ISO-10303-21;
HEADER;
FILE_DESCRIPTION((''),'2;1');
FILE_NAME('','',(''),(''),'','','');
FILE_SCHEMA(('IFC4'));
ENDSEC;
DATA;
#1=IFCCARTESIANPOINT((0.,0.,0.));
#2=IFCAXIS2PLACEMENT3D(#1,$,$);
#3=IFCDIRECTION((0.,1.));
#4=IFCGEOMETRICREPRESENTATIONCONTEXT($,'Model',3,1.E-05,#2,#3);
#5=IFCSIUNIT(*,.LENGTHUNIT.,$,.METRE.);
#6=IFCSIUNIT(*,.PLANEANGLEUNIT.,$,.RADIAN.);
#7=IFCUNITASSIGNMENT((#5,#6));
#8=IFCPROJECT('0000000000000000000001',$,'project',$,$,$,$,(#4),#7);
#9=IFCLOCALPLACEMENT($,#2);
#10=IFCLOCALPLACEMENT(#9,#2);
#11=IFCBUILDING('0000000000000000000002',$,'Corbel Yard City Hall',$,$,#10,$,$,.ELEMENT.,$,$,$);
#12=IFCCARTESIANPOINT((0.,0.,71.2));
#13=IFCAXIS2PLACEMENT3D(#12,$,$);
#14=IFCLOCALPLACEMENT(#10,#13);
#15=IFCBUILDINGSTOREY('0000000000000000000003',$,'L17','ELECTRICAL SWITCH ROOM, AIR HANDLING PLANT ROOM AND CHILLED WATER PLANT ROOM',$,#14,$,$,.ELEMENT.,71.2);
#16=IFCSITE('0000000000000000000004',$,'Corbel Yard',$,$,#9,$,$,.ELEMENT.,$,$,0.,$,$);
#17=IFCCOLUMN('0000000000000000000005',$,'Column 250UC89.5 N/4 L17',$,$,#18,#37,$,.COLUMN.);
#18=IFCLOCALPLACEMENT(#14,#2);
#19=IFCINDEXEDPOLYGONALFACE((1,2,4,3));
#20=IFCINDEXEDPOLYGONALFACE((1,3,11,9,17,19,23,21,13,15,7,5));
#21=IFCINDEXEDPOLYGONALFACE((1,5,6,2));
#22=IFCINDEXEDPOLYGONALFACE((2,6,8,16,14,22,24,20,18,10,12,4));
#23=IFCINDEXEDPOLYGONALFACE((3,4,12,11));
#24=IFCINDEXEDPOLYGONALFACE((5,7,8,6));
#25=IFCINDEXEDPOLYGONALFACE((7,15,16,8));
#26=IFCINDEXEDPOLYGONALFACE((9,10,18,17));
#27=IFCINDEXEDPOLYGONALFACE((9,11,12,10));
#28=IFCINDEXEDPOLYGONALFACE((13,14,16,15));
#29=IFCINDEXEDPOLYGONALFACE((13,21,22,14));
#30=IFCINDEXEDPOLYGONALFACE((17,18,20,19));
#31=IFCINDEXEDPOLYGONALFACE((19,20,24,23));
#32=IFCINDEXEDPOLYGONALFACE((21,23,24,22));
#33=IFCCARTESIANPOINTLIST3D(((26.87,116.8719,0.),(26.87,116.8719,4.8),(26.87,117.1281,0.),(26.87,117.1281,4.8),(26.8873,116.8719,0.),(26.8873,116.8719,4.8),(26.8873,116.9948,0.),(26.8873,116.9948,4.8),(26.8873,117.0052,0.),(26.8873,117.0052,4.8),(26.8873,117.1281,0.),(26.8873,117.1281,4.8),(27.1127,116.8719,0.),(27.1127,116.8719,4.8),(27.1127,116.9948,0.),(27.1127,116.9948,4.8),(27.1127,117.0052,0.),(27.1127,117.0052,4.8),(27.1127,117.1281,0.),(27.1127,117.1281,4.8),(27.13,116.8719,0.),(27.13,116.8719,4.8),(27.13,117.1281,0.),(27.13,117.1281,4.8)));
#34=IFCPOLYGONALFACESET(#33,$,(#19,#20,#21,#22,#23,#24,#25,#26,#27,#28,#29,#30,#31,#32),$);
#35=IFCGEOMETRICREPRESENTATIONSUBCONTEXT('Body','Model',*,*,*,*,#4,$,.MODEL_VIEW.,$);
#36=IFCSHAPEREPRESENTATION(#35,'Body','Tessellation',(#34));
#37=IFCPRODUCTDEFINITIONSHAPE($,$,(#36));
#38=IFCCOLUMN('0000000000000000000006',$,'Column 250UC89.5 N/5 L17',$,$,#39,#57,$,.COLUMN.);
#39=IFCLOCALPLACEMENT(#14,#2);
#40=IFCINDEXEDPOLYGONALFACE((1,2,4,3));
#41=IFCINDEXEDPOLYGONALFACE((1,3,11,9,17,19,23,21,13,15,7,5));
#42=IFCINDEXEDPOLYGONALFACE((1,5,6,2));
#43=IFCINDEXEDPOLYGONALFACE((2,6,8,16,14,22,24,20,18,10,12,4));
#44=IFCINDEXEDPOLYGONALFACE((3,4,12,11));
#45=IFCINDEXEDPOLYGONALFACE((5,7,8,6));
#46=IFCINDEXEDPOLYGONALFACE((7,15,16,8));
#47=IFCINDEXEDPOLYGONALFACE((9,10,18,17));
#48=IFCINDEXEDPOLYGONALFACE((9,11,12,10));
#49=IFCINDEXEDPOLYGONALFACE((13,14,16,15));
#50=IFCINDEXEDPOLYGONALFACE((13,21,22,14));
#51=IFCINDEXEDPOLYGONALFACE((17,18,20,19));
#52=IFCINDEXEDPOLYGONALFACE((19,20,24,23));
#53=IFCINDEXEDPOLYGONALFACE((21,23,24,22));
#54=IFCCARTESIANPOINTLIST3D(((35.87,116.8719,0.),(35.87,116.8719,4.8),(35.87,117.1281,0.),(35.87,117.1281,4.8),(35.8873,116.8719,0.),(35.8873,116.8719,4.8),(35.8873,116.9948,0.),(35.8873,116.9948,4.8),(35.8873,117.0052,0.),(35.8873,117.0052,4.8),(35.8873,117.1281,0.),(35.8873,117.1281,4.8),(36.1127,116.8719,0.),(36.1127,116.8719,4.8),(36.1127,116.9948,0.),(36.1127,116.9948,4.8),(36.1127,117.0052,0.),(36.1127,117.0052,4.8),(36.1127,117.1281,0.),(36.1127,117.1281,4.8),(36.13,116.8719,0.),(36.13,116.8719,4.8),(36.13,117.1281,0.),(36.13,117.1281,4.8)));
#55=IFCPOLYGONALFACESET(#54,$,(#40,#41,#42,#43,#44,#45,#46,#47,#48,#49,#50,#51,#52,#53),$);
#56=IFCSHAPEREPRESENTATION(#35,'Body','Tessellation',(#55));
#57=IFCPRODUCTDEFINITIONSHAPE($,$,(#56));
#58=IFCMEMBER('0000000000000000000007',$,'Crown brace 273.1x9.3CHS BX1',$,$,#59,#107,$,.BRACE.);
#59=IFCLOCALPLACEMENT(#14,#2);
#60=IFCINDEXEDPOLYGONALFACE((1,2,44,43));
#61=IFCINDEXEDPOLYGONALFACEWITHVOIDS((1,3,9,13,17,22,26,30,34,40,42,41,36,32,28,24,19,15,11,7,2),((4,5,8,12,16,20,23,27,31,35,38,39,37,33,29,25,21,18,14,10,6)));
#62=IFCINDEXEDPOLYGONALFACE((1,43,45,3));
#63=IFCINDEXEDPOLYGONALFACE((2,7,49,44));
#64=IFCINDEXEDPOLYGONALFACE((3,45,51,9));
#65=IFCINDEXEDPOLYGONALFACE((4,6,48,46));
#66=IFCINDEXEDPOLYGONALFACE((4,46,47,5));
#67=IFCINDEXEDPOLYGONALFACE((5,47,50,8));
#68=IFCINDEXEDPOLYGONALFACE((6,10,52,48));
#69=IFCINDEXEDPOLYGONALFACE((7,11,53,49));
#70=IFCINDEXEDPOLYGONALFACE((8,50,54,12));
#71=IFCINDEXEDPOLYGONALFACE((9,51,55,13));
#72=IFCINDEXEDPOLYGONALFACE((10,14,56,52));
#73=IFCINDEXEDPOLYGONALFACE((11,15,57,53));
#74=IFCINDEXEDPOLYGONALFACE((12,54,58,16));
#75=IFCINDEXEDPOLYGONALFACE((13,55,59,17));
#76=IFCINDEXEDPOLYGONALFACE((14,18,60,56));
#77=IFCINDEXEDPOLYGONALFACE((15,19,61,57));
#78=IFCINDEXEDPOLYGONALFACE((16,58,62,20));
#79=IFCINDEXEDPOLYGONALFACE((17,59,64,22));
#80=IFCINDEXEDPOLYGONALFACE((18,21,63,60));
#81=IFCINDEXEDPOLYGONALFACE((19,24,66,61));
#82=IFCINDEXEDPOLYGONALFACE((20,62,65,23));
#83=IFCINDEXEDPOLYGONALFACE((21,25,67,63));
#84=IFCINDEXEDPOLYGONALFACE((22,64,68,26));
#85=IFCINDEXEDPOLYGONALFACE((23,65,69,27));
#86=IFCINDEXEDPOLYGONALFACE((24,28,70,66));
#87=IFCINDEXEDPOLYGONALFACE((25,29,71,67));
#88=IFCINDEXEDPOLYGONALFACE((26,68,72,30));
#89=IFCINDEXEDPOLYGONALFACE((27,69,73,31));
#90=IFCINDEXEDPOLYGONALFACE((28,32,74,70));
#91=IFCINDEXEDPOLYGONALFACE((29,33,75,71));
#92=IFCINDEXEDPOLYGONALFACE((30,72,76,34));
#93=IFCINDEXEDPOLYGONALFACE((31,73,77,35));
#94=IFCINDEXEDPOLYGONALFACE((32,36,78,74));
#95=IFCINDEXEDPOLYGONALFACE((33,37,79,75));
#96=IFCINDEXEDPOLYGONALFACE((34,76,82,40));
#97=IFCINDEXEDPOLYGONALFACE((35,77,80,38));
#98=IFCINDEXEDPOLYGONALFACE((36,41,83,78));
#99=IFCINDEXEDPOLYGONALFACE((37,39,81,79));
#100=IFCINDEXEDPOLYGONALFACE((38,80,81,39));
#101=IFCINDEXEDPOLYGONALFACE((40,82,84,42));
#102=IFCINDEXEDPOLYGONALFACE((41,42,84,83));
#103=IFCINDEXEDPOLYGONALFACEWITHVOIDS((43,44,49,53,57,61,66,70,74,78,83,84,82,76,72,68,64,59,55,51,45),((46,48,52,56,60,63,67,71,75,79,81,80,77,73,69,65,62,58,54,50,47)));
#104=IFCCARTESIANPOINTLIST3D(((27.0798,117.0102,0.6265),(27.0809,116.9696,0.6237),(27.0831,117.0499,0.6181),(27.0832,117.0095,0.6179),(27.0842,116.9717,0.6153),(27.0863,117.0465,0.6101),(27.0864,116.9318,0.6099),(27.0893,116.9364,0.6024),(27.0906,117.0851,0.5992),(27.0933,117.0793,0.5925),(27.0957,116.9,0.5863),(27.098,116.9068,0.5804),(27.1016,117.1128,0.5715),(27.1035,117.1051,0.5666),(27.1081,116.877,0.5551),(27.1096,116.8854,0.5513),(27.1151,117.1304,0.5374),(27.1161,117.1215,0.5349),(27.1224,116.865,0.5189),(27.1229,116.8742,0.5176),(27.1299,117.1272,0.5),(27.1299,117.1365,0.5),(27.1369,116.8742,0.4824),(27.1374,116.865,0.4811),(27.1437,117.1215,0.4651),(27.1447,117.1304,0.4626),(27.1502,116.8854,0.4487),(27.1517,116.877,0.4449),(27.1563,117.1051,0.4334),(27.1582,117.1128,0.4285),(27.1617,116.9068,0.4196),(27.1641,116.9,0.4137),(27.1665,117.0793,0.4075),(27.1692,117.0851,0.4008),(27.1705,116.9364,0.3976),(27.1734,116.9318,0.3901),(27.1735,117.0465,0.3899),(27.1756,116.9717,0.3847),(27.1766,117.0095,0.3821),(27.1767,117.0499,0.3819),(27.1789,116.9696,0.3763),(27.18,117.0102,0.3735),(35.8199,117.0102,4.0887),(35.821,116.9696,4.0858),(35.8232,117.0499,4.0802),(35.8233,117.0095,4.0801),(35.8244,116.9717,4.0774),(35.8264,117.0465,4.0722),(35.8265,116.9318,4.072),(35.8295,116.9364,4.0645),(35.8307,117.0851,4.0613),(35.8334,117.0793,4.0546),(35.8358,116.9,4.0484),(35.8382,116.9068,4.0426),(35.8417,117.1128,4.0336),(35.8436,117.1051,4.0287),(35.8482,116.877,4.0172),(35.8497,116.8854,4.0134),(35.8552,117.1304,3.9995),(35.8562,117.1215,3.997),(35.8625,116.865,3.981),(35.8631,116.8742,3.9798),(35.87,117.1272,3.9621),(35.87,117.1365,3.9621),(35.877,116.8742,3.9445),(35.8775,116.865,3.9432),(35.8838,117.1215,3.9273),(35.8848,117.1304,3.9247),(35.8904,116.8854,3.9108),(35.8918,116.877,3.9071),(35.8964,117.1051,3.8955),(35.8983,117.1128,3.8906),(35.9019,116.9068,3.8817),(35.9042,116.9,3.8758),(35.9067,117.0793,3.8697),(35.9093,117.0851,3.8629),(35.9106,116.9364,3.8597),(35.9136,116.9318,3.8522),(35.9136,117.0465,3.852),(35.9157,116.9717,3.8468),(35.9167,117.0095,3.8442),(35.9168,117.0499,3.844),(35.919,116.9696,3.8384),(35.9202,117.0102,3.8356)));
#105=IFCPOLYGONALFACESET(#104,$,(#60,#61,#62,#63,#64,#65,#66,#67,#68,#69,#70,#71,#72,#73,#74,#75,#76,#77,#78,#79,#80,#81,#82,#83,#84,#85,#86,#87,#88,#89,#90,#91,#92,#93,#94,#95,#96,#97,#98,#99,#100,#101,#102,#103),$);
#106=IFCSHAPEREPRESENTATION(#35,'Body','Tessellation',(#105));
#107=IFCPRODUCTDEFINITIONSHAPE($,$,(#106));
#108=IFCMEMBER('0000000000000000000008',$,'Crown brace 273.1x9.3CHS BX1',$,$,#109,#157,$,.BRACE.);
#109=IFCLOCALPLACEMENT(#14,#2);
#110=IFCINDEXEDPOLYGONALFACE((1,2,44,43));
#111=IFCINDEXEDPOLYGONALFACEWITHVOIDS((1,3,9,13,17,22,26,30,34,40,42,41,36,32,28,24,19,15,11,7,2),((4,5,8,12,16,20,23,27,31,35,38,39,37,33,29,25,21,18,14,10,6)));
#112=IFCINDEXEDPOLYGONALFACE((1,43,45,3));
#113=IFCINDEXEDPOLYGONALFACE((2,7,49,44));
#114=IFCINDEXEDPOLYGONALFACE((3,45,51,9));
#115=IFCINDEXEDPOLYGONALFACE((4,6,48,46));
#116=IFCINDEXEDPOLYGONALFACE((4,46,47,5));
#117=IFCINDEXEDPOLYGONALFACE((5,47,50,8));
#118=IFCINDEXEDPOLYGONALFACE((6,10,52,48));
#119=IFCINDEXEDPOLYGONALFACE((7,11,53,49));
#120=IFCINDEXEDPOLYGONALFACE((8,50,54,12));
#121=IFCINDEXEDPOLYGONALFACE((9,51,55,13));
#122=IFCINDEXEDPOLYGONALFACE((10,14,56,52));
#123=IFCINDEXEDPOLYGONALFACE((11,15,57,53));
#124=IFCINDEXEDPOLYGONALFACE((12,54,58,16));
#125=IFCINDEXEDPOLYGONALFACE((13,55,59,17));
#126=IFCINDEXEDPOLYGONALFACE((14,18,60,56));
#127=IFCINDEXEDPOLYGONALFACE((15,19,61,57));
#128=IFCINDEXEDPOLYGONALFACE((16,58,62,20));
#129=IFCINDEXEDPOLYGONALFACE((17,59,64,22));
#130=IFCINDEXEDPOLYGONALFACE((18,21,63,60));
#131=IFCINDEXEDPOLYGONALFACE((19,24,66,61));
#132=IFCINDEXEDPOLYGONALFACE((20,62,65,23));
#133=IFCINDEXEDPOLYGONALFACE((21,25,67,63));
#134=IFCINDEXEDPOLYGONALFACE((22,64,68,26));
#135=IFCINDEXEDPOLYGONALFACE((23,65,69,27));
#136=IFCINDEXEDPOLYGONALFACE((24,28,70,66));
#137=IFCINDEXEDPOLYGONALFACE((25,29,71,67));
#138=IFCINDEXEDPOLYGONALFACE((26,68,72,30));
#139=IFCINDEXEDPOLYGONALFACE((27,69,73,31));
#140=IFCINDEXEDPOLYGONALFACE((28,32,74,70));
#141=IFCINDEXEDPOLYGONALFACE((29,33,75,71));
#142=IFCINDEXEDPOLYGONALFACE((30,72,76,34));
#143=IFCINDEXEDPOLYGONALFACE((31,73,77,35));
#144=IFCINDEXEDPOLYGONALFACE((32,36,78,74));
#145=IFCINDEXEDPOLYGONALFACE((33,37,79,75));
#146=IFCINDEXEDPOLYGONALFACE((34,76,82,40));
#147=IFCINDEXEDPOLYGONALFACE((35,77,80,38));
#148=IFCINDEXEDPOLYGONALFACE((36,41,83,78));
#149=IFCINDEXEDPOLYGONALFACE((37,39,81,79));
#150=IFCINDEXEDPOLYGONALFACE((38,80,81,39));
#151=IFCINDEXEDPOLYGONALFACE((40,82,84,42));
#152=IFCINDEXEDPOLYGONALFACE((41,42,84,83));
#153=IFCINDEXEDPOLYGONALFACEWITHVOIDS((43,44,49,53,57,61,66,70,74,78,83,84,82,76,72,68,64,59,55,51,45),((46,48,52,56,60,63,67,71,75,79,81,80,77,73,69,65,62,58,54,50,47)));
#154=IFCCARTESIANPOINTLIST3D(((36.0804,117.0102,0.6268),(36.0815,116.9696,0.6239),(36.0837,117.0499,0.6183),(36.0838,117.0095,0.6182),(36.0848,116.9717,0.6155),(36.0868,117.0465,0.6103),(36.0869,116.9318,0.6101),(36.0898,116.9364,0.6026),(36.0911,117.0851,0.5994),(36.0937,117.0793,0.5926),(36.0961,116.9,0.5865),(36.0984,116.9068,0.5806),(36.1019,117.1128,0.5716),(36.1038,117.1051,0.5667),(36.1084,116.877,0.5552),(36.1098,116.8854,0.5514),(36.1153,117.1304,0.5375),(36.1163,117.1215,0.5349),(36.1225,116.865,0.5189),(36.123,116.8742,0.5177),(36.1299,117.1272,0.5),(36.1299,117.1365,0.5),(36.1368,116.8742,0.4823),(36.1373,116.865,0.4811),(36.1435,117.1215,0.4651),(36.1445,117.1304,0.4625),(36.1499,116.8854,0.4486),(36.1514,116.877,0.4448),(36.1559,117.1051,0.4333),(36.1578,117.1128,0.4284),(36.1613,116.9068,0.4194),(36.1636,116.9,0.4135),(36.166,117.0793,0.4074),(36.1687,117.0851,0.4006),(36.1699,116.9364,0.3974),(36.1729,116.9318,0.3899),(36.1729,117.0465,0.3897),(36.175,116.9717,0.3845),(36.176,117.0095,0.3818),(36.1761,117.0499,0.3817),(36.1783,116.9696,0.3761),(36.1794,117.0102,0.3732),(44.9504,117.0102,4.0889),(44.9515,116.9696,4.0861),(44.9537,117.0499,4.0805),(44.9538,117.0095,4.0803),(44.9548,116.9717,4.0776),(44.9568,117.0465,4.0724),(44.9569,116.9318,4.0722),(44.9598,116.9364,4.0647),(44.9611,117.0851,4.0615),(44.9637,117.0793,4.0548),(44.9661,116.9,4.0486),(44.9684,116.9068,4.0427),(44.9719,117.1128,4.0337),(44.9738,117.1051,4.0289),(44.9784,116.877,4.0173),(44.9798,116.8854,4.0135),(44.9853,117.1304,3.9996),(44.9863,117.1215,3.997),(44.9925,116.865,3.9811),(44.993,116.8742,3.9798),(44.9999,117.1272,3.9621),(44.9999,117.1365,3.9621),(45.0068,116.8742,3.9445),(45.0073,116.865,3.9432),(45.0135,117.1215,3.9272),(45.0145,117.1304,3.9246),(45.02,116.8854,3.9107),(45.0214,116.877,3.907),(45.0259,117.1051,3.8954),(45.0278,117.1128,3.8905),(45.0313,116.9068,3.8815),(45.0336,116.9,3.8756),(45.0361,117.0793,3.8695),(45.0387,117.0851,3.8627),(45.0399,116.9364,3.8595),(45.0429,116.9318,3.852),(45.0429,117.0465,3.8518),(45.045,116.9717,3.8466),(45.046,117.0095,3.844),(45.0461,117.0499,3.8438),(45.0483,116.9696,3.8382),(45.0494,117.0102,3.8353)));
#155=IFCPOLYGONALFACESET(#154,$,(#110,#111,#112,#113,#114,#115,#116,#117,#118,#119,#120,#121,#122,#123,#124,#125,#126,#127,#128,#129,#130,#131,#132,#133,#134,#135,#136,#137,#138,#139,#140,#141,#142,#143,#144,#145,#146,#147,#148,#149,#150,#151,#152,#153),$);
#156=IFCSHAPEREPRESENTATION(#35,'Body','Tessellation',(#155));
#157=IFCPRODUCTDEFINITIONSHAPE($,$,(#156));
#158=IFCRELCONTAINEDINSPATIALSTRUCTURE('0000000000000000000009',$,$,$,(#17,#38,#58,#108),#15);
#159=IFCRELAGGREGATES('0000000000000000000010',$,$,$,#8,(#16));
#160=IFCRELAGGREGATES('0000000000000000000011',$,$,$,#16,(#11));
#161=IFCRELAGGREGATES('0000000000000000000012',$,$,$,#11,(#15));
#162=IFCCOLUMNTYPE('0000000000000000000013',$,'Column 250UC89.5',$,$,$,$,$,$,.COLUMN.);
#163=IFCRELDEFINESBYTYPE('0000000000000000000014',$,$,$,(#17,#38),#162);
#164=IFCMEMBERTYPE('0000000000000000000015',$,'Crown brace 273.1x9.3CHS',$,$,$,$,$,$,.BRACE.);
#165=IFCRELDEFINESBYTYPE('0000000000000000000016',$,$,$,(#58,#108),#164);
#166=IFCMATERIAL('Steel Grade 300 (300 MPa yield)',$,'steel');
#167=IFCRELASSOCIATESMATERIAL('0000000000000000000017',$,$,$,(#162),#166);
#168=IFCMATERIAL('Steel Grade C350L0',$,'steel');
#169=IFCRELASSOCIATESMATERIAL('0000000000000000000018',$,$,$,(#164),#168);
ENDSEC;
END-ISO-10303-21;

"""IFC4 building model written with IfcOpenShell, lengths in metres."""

from ifc_helpers import new_model, si_unit, direction, frame, origin, origin_2d, place, context, subcontext, project, spatial, hollow_circle, i_section, extrude, material, material_profile, profile_set, type_object, element, save


model = new_model("IFC4")

# Units and contexts
model_context = context("Model", 3, precision=1e-05, world=origin(), true_north=direction((0.0, 1.0)))
body_context = subcontext(model_context, "Body", "Model", "MODEL_VIEW")
ifc_project = project(units=[si_unit("LENGTHUNIT", "METRE"), si_unit("PLANEANGLEUNIT", "RADIAN")], contexts=[model_context])

# Site, building, storey
site_placement = place(None, origin())
site = spatial("IfcSite", under=ifc_project, at=site_placement, Name="Corbel Yard", CompositionType="ELEMENT", RefElevation=0.0)
building_placement = place(site_placement, origin())
building = spatial("IfcBuilding", under=site, at=building_placement, Name="Corbel Yard City Hall", CompositionType="ELEMENT")
storey_placement = place(building_placement, frame((0.0, 0.0, 71.2)))
storey = spatial("IfcBuildingStorey", under=building, at=storey_placement, Name="L17", Description="ELECTRICAL SWITCH ROOM, AIR HANDLING PLANT ROOM AND CHILLED WATER PLANT ROOM", CompositionType="ELEMENT", Elevation=71.2)

# Columns
ifc_material_1 = material(Name="Steel Grade 300 (300 MPa yield)", Category="steel")
ifc_material_profile_1 = material_profile(ifc_material_1, i_section(OverallWidth=0.2561, OverallDepth=0.26, WebThickness=0.0105, FlangeThickness=0.0173, at=origin_2d()), Name="250UC89.5")
ifc_profile_set_1 = profile_set([ifc_material_profile_1], Name="Steel Grade 300 (300 MPa yield)")
column_type = type_object("IfcColumnType", Name="Column 250UC89.5", PredefinedType="COLUMN", material=ifc_profile_set_1)
for number, where, z_axis, x_axis, name in (
    (1, (27.0, 117.0, 0.0), (0.0, 0.0, 1.0), (0.0, 1.0, 0.0), "Column 250UC89.5 N/4 L17"),
    (2, (36.0, 117.0, 0.0), (0.0, 0.0, 1.0), (0.0, 1.0, 0.0), "Column 250UC89.5 N/5 L17"),
):
    element("IfcColumn", number, at=place(storey_placement, frame(where, z_axis=z_axis, x_axis=x_axis)), inside=storey, type_object=column_type, Name=name, PredefinedType="COLUMN", context=body_context, shape_type="SweptSolid", body=[
        extrude(i_section(OverallWidth=0.2561, OverallDepth=0.26, WebThickness=0.0105, FlangeThickness=0.0173, at=origin_2d()), origin(), (0.0, 0.0, 1.0), 4.8),
    ])

# Members
ifc_material_2 = material(Name="Steel Grade C350L0", Category="steel")
ifc_material_profile_2 = material_profile(ifc_material_2, hollow_circle(Radius=0.1365, WallThickness=0.0093, at=origin_2d()), Name="273.1x9.3CHS")
ifc_profile_set_2 = profile_set([ifc_material_profile_2], Name="Steel Grade C350L0")
member_type_1 = type_object("IfcMemberType", Name="Crown brace 273.1x9.3CHS", PredefinedType="BRACE", material=ifc_profile_set_2)
member_1_placement = place(storey_placement, frame((27.1299, 117.0, 0.5), z_axis=(0.929716, 0.0, 0.368277), x_axis=(0.0, 1.0, 0.0)))
element("IfcMember", 3, at=member_1_placement, inside=storey, type_object=member_type_1, Name="Crown brace 273.1x9.3CHS BX1", PredefinedType="BRACE", context=body_context, shape_type="SweptSolid", body=[
    extrude(hollow_circle(Radius=0.1365, WallThickness=0.0093, at=origin_2d()), origin(), (0.0, 0.0, 1.0), 9.4009),
])
member_2_placement = place(storey_placement, frame((36.1299, 117.0, 0.5), z_axis=(0.931555, 0.0, 0.363602), x_axis=(0.0, 1.0, 0.0)))
element("IfcMember", 4, at=member_2_placement, inside=storey, type_object=member_type_1, Name="Crown brace 273.1x9.3CHS BX1", PredefinedType="BRACE", context=body_context, shape_type="SweptSolid", body=[
    extrude(hollow_circle(Radius=0.1365, WallThickness=0.0093, at=origin_2d()), origin(), (0.0, 0.0, 1.0), 9.5217),
])

save(model, "model.ifc")
